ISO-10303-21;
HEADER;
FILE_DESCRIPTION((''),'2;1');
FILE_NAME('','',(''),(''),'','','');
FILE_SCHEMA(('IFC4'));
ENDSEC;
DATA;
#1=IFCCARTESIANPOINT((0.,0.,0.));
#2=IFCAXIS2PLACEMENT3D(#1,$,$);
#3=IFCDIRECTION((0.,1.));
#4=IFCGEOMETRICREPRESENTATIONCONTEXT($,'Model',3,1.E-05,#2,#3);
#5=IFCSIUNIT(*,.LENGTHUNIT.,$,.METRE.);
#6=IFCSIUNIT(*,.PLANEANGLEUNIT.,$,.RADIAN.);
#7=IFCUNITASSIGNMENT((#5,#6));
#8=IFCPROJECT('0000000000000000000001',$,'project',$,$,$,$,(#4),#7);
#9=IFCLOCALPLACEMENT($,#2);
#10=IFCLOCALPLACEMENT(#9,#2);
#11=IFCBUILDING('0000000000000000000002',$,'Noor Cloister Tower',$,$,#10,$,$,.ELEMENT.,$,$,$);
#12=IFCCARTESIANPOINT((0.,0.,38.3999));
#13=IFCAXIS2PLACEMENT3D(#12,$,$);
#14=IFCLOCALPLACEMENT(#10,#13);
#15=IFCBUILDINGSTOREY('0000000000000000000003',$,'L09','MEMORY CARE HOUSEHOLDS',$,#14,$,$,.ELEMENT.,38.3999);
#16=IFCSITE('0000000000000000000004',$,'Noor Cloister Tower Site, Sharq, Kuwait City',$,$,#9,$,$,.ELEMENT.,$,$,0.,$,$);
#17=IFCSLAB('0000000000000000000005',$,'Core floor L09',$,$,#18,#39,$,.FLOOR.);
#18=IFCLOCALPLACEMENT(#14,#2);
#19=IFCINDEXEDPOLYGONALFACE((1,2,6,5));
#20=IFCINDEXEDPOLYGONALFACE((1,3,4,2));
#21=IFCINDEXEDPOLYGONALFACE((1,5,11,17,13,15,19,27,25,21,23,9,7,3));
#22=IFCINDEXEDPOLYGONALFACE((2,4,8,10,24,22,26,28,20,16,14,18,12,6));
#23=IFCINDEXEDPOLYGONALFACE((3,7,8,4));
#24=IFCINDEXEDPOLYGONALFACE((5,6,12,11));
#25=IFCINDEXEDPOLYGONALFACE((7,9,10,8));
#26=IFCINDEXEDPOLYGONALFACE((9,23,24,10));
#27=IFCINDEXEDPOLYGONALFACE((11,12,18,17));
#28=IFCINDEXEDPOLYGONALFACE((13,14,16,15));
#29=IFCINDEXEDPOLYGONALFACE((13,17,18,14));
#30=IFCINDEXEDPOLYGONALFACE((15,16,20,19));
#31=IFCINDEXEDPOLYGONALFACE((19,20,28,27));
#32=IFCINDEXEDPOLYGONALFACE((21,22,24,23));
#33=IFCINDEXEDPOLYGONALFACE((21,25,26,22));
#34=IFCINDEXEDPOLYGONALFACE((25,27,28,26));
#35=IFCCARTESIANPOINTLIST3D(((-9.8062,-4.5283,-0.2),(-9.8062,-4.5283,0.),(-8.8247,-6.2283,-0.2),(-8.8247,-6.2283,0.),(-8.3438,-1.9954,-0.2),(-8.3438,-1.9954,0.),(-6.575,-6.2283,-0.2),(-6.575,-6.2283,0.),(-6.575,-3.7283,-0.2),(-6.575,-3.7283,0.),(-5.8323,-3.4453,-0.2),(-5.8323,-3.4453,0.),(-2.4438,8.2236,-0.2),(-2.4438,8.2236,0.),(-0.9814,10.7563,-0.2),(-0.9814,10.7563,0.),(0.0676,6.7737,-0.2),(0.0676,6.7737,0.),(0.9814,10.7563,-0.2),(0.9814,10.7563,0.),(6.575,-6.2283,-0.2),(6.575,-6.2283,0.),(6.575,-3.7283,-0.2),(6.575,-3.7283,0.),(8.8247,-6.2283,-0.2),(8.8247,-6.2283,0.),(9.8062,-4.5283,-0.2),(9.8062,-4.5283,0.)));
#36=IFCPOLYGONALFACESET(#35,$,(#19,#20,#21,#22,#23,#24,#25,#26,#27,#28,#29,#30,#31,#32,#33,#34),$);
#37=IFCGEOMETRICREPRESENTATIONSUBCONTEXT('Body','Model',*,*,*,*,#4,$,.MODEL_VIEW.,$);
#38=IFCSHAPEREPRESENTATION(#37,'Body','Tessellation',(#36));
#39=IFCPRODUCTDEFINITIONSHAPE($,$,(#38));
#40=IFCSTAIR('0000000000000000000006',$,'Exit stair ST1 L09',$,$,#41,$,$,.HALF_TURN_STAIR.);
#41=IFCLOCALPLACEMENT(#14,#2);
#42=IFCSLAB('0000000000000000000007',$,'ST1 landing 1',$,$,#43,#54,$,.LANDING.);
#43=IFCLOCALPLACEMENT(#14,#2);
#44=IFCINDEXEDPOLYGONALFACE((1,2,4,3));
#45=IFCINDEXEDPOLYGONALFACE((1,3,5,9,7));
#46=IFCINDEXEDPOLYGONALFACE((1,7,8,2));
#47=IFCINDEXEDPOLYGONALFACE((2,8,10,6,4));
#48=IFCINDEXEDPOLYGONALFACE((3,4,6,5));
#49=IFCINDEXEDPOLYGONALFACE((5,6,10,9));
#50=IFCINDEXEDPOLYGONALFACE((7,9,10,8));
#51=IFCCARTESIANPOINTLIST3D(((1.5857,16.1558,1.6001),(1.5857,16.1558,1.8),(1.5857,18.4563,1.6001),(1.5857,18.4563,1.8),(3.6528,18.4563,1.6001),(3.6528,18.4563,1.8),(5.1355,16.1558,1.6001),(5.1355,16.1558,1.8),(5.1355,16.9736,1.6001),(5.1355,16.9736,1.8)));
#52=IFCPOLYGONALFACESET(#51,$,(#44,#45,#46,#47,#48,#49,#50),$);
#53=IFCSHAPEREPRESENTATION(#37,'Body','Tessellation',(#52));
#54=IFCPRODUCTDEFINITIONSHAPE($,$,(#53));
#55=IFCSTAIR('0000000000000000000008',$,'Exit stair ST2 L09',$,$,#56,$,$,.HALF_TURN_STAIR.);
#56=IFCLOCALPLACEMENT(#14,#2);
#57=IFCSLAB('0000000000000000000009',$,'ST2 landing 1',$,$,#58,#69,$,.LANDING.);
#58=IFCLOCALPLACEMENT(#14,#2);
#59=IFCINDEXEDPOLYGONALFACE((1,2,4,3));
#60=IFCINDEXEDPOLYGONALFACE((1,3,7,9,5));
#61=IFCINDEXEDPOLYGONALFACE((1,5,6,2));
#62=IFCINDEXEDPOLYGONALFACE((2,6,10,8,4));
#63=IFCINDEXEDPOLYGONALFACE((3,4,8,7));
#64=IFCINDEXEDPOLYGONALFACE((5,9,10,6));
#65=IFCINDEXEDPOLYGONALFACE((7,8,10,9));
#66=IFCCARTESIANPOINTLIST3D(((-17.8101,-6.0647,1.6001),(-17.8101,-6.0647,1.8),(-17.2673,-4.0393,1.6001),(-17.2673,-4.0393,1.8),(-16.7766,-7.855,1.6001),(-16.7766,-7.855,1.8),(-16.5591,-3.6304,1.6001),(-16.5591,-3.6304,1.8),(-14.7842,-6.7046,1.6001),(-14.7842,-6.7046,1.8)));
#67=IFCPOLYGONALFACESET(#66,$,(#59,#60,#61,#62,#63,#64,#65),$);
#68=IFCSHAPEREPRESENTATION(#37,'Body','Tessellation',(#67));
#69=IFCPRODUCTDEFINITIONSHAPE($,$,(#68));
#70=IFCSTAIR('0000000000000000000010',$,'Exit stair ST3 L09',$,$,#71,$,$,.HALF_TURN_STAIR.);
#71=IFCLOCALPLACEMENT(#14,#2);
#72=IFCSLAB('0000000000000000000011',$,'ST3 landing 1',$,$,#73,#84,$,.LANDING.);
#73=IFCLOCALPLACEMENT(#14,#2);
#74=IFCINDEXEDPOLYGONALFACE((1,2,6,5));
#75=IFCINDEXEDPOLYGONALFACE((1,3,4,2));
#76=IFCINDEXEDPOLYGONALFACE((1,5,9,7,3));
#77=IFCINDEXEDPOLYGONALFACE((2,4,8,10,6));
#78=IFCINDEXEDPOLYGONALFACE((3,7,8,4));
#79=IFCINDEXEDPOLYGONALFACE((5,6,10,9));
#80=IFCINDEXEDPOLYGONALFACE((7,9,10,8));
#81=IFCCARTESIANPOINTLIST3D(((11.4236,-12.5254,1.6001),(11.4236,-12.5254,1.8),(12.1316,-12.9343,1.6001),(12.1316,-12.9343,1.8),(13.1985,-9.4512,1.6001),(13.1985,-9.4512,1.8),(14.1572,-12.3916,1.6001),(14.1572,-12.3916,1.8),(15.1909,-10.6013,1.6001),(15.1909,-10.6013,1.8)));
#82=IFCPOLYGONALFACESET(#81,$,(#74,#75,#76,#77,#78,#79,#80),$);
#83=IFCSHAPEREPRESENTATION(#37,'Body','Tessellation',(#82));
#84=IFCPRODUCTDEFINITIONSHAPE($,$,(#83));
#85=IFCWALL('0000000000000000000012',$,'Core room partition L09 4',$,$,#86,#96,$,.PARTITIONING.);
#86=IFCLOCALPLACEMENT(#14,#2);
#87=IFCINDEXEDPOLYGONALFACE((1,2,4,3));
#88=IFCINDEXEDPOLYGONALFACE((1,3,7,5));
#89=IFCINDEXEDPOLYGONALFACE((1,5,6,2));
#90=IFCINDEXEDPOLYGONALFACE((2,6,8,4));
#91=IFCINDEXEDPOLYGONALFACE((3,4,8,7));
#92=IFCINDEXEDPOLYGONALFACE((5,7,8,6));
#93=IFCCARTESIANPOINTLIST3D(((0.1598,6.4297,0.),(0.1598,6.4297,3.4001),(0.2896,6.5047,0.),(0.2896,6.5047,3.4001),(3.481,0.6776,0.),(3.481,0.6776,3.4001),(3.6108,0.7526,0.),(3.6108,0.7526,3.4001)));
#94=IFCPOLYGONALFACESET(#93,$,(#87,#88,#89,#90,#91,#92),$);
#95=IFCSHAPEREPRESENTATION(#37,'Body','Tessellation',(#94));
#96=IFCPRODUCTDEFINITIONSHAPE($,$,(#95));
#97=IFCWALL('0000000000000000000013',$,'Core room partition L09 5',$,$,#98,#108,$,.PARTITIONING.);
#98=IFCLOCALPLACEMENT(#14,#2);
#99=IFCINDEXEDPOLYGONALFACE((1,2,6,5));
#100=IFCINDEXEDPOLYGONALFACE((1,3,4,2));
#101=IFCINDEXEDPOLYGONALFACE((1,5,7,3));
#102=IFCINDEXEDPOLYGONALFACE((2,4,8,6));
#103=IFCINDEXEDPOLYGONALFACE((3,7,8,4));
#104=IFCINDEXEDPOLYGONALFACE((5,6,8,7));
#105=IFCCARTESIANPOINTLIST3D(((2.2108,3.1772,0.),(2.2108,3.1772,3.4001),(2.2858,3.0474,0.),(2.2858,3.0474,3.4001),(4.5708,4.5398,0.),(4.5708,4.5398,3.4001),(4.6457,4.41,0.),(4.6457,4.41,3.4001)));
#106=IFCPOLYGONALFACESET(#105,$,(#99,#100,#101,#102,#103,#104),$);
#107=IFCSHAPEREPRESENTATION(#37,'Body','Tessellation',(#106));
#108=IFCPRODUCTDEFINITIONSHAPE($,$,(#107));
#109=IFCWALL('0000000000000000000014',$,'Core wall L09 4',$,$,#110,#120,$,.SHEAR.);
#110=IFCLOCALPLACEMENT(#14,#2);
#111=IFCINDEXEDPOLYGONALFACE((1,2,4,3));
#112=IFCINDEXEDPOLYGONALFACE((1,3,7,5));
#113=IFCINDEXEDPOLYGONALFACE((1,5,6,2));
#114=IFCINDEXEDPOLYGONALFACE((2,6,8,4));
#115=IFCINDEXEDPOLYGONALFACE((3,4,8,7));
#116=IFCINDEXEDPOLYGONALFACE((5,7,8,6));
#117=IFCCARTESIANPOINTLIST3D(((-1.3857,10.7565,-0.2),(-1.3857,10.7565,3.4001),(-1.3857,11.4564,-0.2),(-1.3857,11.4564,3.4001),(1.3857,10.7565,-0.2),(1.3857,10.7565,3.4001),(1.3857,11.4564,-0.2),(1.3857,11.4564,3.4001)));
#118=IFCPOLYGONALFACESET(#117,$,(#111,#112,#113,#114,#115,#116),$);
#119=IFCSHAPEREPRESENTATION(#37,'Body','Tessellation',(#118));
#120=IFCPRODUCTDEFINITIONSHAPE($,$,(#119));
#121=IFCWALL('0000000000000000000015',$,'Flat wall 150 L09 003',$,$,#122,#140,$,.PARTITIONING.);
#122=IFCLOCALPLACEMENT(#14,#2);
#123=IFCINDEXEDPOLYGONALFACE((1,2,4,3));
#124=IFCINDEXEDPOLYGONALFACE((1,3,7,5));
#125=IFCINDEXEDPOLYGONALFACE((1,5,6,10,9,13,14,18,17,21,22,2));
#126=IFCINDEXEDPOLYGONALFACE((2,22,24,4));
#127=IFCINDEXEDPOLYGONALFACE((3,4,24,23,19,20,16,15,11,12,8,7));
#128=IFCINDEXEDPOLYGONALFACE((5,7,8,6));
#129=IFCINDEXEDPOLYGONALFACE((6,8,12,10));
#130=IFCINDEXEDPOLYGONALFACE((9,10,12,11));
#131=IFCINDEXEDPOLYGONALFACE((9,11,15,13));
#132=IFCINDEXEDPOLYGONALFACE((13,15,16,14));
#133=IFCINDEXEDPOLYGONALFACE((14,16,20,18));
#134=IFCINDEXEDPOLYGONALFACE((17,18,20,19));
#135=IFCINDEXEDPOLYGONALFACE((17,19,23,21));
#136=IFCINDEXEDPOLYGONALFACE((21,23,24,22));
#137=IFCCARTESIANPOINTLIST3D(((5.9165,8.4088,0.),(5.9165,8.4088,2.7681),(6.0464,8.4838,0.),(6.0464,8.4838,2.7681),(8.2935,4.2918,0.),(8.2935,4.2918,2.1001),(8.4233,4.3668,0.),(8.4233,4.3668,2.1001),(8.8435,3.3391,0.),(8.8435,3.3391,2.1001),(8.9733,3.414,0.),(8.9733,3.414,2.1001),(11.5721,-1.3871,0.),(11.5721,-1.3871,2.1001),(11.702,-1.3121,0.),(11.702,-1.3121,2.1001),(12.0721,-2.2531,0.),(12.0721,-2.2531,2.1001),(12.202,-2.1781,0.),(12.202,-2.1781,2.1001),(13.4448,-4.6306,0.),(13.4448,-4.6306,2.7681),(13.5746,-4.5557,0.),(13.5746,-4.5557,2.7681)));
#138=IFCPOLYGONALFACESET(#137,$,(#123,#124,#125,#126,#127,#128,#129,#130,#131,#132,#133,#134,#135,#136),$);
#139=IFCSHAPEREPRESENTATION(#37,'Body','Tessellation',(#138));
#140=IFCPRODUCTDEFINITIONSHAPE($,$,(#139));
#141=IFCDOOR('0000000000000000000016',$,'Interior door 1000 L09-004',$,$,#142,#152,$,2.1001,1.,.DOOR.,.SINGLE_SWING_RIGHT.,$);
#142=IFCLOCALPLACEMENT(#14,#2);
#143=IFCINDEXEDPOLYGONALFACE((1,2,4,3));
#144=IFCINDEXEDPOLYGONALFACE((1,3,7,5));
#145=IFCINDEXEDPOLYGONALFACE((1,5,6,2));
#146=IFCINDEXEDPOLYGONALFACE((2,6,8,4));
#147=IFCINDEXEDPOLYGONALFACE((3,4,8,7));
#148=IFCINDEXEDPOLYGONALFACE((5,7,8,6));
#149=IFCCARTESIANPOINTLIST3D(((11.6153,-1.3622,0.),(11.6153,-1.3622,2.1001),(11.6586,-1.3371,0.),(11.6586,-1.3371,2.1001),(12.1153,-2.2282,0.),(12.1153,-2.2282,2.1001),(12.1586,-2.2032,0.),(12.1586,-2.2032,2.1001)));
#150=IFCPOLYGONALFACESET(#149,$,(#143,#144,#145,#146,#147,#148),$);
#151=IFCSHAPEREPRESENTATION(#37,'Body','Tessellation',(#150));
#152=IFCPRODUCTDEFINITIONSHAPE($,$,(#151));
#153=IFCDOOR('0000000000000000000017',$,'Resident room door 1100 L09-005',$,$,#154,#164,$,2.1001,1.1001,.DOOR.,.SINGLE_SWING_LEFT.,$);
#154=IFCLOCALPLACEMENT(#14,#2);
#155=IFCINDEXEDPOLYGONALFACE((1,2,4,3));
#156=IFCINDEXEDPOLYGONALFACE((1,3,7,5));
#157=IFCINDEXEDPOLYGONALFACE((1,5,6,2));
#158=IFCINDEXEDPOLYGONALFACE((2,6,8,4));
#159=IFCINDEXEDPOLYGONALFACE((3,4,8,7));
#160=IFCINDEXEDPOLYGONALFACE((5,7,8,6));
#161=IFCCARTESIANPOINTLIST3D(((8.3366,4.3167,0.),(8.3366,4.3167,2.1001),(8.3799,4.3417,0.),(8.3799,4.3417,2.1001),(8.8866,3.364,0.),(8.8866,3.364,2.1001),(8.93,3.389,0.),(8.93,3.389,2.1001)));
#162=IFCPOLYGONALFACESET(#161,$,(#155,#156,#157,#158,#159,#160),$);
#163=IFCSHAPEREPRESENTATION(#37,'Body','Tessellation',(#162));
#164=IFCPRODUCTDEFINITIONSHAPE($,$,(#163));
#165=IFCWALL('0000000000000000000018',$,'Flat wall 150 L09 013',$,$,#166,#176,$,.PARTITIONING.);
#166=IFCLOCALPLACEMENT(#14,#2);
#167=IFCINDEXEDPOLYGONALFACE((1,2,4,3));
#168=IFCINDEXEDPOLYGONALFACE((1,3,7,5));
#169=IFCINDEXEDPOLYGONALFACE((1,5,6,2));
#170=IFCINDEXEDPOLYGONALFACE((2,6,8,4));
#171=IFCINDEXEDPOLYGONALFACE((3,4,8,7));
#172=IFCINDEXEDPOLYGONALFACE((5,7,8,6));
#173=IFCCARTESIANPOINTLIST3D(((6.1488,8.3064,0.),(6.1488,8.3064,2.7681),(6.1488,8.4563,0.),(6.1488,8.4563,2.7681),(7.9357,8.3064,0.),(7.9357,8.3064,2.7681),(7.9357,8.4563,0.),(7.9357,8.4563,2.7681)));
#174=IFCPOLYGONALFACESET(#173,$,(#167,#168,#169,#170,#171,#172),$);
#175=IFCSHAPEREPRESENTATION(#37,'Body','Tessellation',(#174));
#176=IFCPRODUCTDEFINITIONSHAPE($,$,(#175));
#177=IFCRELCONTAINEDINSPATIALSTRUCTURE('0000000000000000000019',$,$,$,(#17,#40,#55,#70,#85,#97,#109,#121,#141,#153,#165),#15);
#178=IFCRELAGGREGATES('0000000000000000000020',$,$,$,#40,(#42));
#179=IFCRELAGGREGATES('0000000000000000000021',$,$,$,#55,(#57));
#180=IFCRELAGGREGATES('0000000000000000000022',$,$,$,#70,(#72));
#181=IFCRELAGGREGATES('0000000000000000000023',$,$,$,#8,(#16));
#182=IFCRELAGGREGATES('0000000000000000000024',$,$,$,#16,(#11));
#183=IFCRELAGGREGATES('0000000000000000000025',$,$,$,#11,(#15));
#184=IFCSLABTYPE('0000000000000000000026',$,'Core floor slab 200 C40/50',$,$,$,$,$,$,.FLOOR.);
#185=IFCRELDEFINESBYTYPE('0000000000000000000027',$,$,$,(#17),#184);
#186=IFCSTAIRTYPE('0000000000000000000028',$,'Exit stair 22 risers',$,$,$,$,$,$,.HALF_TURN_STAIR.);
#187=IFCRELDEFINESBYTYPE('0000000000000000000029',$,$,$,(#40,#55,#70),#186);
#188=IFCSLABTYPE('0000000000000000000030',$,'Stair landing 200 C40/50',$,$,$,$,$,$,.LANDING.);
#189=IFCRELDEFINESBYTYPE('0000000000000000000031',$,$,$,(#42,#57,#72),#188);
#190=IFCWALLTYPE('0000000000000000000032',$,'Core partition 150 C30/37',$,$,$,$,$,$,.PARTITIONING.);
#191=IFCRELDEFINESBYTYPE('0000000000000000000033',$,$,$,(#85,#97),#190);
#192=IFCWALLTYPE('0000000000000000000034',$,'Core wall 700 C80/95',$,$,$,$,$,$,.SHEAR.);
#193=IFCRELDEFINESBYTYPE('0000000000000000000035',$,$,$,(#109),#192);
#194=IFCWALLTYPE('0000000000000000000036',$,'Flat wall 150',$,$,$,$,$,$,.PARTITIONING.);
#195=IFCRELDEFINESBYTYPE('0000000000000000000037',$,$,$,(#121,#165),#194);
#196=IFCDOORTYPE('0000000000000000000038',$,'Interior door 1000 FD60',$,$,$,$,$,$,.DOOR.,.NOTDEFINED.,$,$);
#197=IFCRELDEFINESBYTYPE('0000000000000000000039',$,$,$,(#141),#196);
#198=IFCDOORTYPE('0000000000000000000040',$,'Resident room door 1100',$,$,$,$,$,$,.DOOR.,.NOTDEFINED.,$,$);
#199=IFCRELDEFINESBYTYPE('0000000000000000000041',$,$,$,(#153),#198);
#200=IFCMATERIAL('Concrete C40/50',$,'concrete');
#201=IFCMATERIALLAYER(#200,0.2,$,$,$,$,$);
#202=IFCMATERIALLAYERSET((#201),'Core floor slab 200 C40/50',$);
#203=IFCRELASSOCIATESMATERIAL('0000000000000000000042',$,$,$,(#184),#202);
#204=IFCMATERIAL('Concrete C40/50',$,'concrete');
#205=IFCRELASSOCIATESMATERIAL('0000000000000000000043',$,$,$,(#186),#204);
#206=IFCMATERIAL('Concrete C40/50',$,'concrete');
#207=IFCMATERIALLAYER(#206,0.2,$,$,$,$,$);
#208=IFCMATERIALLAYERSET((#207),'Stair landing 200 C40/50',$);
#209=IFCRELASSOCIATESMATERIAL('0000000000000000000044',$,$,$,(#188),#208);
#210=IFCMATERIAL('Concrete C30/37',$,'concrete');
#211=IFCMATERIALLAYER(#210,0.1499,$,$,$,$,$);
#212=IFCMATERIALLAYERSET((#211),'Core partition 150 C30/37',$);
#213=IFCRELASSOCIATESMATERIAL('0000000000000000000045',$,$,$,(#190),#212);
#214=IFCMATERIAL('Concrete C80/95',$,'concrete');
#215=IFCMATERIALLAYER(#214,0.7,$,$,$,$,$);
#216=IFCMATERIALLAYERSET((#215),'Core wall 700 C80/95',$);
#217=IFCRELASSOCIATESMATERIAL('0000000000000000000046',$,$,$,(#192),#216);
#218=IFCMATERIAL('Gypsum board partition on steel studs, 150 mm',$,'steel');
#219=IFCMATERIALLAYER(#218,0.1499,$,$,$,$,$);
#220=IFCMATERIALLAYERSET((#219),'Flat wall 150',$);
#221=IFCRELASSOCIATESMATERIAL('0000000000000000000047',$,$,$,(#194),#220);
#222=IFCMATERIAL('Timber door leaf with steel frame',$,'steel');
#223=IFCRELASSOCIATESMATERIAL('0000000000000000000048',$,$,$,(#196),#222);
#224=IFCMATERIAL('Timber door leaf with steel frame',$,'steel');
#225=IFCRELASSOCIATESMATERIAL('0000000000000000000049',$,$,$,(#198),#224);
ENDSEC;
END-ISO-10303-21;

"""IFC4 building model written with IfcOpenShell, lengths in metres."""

from ifc_helpers import new_model, si_unit, direction, frame, frame_2d, origin, place, context, subcontext, project, spatial, polyline, rectangle, outline, extrude, material, layer, layer_set, type_object, element, fill, aggregate, save


model = new_model("IFC4")

# Units and contexts
model_context = context("Model", 3, precision=1e-05, world=origin(), true_north=direction((0.0, 1.0)))
body_context = subcontext(model_context, "Body", "Model", "MODEL_VIEW")
ifc_project = project(units=[si_unit("LENGTHUNIT", "METRE"), si_unit("PLANEANGLEUNIT", "RADIAN")], contexts=[model_context])

# Site, building, storey
site_placement = place(None, origin())
site = spatial("IfcSite", under=ifc_project, at=site_placement, Name="Noor Cloister Tower Site, Sharq, Kuwait City", CompositionType="ELEMENT", RefElevation=0.0)
building_placement = place(site_placement, origin())
building = spatial("IfcBuilding", under=site, at=building_placement, Name="Noor Cloister Tower", CompositionType="ELEMENT")
storey_placement = place(building_placement, frame((0.0, 0.0, 38.3999)))
storey = spatial("IfcBuildingStorey", under=building, at=storey_placement, Name="L09", Description="MEMORY CARE HOUSEHOLDS", CompositionType="ELEMENT", Elevation=38.3999)

# Slab
ifc_material_1 = material(Name="Concrete C40/50", Category="concrete")
ifc_layer_1 = layer(ifc_material_1, 0.2)
ifc_layer_set_1 = layer_set([ifc_layer_1], Name="Core floor slab 200 C40/50")
slab_type_1 = type_object("IfcSlabType", Name="Core floor slab 200 C40/50", PredefinedType="FLOOR", material=ifc_layer_set_1)
slab_1_placement = place(storey_placement, frame((0.0, 0.0, -0.2)))
element("IfcSlab", 1, at=slab_1_placement, inside=storey, type_object=slab_type_1, Name="Core floor L09", PredefinedType="FLOOR", context=body_context, shape_type="SweptSolid", body=[
    extrude(outline(polyline([(-6.575, -6.2283), (-6.575, -3.7283), (6.575, -3.7283), (6.575, -6.2283), (8.8247, -6.2283), (9.8062, -4.5283), (0.9814, 10.7563), (-0.9814, 10.7563), (-2.4438, 8.2236), (0.0676, 6.7737), (-5.8323, -3.4453), (-8.3438, -1.9954), (-9.8062, -4.5283), (-8.8247, -6.2283), (-6.575, -6.2283)])), origin(), (0.0, 0.0, 1.0), 0.2),
])

# Stairs, slabs
ifc_material_2 = material(Name="Concrete C40/50", Category="concrete")
stair_type = type_object("IfcStairType", Name="Exit stair 22 risers", PredefinedType="HALF_TURN_STAIR", material=ifc_material_2)
stair_1_placement = place(storey_placement, origin())
stair_1 = element("IfcStair", 2, at=stair_1_placement, inside=storey, type_object=stair_type, Name="Exit stair ST1 L09", PredefinedType="HALF_TURN_STAIR")
ifc_material_3 = material(Name="Concrete C40/50", Category="concrete")
ifc_layer_2 = layer(ifc_material_3, 0.2)
ifc_layer_set_2 = layer_set([ifc_layer_2], Name="Stair landing 200 C40/50")
slab_type_2 = type_object("IfcSlabType", Name="Stair landing 200 C40/50", PredefinedType="LANDING", material=ifc_layer_set_2)
slab_2_placement = place(storey_placement, frame((0.0, 0.0, 1.6001)))
slab_2 = element("IfcSlab", 3, at=slab_2_placement, type_object=slab_type_2, Name="ST1 landing 1", PredefinedType="LANDING", context=body_context, shape_type="SweptSolid", body=[
    extrude(outline(polyline([(5.1355, 16.1558), (5.1355, 16.9736), (3.6528, 18.4563), (1.5857, 18.4563), (1.5857, 16.1558), (5.1355, 16.1558)])), origin(), (0.0, 0.0, 1.0), 0.2),
])
aggregate(stair_1, [slab_2])
stair_2_placement = place(storey_placement, origin())
stair_2 = element("IfcStair", 4, at=stair_2_placement, inside=storey, type_object=stair_type, Name="Exit stair ST2 L09", PredefinedType="HALF_TURN_STAIR")
slab_3_placement = place(storey_placement, frame((0.0, 0.0, 1.6001)))
slab_3 = element("IfcSlab", 5, at=slab_3_placement, type_object=slab_type_2, Name="ST2 landing 1", PredefinedType="LANDING", context=body_context, shape_type="SweptSolid", body=[
    extrude(outline(polyline([(-16.5591, -3.6304), (-17.2673, -4.0393), (-17.8101, -6.0647), (-16.7766, -7.855), (-14.7842, -6.7046), (-16.5591, -3.6304)])), origin(), (0.0, 0.0, 1.0), 0.2),
])
aggregate(stair_2, [slab_3])
stair_3_placement = place(storey_placement, origin())
stair_3 = element("IfcStair", 6, at=stair_3_placement, inside=storey, type_object=stair_type, Name="Exit stair ST3 L09", PredefinedType="HALF_TURN_STAIR")
slab_4_placement = place(storey_placement, frame((0.0, 0.0, 1.6001)))
slab_4 = element("IfcSlab", 7, at=slab_4_placement, type_object=slab_type_2, Name="ST3 landing 1", PredefinedType="LANDING", context=body_context, shape_type="SweptSolid", body=[
    extrude(outline(polyline([(11.4236, -12.5254), (12.1316, -12.9343), (14.1572, -12.3916), (15.1909, -10.6013), (13.1985, -9.4512), (11.4236, -12.5254)])), origin(), (0.0, 0.0, 1.0), 0.2),
])
aggregate(stair_3, [slab_4])

# Walls
ifc_material_4 = material(Name="Concrete C30/37", Category="concrete")
ifc_layer_3 = layer(ifc_material_4, 0.1499)
ifc_layer_set_3 = layer_set([ifc_layer_3], Name="Core partition 150 C30/37")
wall_type_1 = type_object("IfcWallType", Name="Core partition 150 C30/37", PredefinedType="PARTITIONING", material=ifc_layer_set_3)
wall_1_placement = place(storey_placement, frame((3.5459, 0.7151, 0.0), z_axis=(0.0, 0.0, 1.0), x_axis=(-0.500029, 0.866009, 0.0)))
element("IfcWall", 8, at=wall_1_placement, inside=storey, type_object=wall_type_1, Name="Core room partition L09 4", PredefinedType="PARTITIONING", context=body_context, shape_type="SweptSolid", body=[
    extrude(rectangle(XDim=6.6421, YDim=0.1499, at=frame_2d((3.321, 0.0))), origin(), (0.0, 0.0, 1.0), 3.4001),
])
wall_2_placement = place(storey_placement, frame((2.2483, 3.1123, 0.0), z_axis=(0.0, 0.0, 1.0), x_axis=(0.866013, 0.500022, 0.0)))
element("IfcWall", 9, at=wall_2_placement, inside=storey, type_object=wall_type_1, Name="Core room partition L09 5", PredefinedType="PARTITIONING", context=body_context, shape_type="SweptSolid", body=[
    extrude(rectangle(XDim=2.7251, YDim=0.1499, at=frame_2d((1.3625, 0.0))), origin(), (0.0, 0.0, 1.0), 3.4001),
])
ifc_material_5 = material(Name="Concrete C80/95", Category="concrete")
ifc_layer_4 = layer(ifc_material_5, 0.7)
ifc_layer_set_4 = layer_set([ifc_layer_4], Name="Core wall 700 C80/95")
wall_type_2 = type_object("IfcWallType", Name="Core wall 700 C80/95", PredefinedType="SHEAR", material=ifc_layer_set_4)
wall_3_placement = place(storey_placement, frame((1.3857, 11.1064, -0.2), z_axis=(0.0, 0.0, 1.0), x_axis=(-1.0, 0.0, 0.0)))
element("IfcWall", 10, at=wall_3_placement, inside=storey, type_object=wall_type_2, Name="Core wall L09 4", PredefinedType="SHEAR", context=body_context, shape_type="SweptSolid", body=[
    extrude(rectangle(XDim=2.7715, YDim=0.7, at=frame_2d((1.3857, 0.0))), origin(), (0.0, 0.0, 1.0), 3.6001),
])

# Wall, openings, doors
ifc_material_6 = material(Name="Gypsum board partition on steel studs, 150 mm", Category="steel")
ifc_layer_5 = layer(ifc_material_6, 0.1499)
ifc_layer_set_5 = layer_set([ifc_layer_5], Name="Flat wall 150")
wall_type_3 = type_object("IfcWallType", Name="Flat wall 150", PredefinedType="PARTITIONING", material=ifc_layer_set_5)
wall_4_placement = place(storey_placement, frame((5.9814, 8.4463, 0.0), z_axis=(0.0, 0.0, 1.0), x_axis=(0.499997, -0.866027, 0.0)))
wall_4 = element("IfcWall", 11, at=wall_4_placement, inside=storey, type_object=wall_type_3, Name="Flat wall 150 L09 003", PredefinedType="PARTITIONING", context=body_context, shape_type="SweptSolid", body=[
    extrude(rectangle(XDim=15.0566, YDim=0.1499, at=frame_2d((7.5283, 0.0))), origin(), (0.0, 0.0, 1.0), 2.7681),
])
opening_1_placement = place(wall_4_placement, frame((11.3113, 0.0, 0.0)))
opening_1 = element("IfcOpeningElement", 12, at=opening_1_placement, cuts=wall_4, PredefinedType="OPENING", context=body_context, shape_type="SweptSolid", body=[
    extrude(rectangle(XDim=1.0, YDim=2.1001, at=frame_2d((0.5, 1.05))), frame((0.0, 0.085, 0.0), z_axis=(0.0, -1.0, 0.0), x_axis=(1.0, 0.0, 0.0)), (0.0, 0.0, 1.0), 0.1699),
])
opening_2_placement = place(wall_4_placement, frame((4.7539, 0.0, 0.0)))
opening_2 = element("IfcOpeningElement", 13, at=opening_2_placement, cuts=wall_4, PredefinedType="OPENING", context=body_context, shape_type="SweptSolid", body=[
    extrude(rectangle(XDim=1.1001, YDim=2.1001, at=frame_2d((0.55, 1.05))), frame((0.0, 0.085, 0.0), z_axis=(0.0, -1.0, 0.0), x_axis=(1.0, 0.0, 0.0)), (0.0, 0.0, 1.0), 0.1699),
])
ifc_material_7 = material(Name="Timber door leaf with steel frame", Category="steel")
door_type_1 = type_object("IfcDoorType", Name="Interior door 1000 FD60", OperationType="NOTDEFINED", PredefinedType="DOOR", material=ifc_material_7)
door_1_placement = place(opening_1_placement, origin())
door_1 = element("IfcDoor", 14, at=door_1_placement, inside=storey, type_object=door_type_1, Name="Interior door 1000 L09-004", OperationType="SINGLE_SWING_RIGHT", OverallHeight=2.1001, OverallWidth=1.0, PredefinedType="DOOR", context=body_context, shape_type="SweptSolid", body=[
    extrude(rectangle(XDim=1.0, YDim=2.1001, at=frame_2d((0.5, 1.05))), frame((0.0, 0.0249, 0.0), z_axis=(0.0, -1.0, 0.0), x_axis=(1.0, 0.0, 0.0)), (0.0, 0.0, 1.0), 0.05),
])
fill(opening_1, door_1)
ifc_material_8 = material(Name="Timber door leaf with steel frame", Category="steel")
door_type_2 = type_object("IfcDoorType", Name="Resident room door 1100", OperationType="NOTDEFINED", PredefinedType="DOOR", material=ifc_material_8)
door_2_placement = place(opening_2_placement, origin())
door_2 = element("IfcDoor", 15, at=door_2_placement, inside=storey, type_object=door_type_2, Name="Resident room door 1100 L09-005", OperationType="SINGLE_SWING_LEFT", OverallHeight=2.1001, OverallWidth=1.1001, PredefinedType="DOOR", context=body_context, shape_type="SweptSolid", body=[
    extrude(rectangle(XDim=1.1001, YDim=2.1001, at=frame_2d((0.55, 1.05))), frame((0.0, 0.0249, 0.0), z_axis=(0.0, -1.0, 0.0), x_axis=(1.0, 0.0, 0.0)), (0.0, 0.0, 1.0), 0.05),
])
fill(opening_2, door_2)

# Wall
wall_5_placement = place(storey_placement, frame((6.1487, 8.3813, 0.0), z_axis=(0.0, 0.0, 1.0), x_axis=(1.0, 0.0, 0.0)))
element("IfcWall", 16, at=wall_5_placement, inside=storey, type_object=wall_type_3, Name="Flat wall 150 L09 013", PredefinedType="PARTITIONING", context=body_context, shape_type="SweptSolid", body=[
    extrude(rectangle(XDim=1.7869, YDim=0.1499, at=frame_2d((0.8936, 0.0))), origin(), (0.0, 0.0, 1.0), 2.7681),
])

save(model, "model.ifc")
